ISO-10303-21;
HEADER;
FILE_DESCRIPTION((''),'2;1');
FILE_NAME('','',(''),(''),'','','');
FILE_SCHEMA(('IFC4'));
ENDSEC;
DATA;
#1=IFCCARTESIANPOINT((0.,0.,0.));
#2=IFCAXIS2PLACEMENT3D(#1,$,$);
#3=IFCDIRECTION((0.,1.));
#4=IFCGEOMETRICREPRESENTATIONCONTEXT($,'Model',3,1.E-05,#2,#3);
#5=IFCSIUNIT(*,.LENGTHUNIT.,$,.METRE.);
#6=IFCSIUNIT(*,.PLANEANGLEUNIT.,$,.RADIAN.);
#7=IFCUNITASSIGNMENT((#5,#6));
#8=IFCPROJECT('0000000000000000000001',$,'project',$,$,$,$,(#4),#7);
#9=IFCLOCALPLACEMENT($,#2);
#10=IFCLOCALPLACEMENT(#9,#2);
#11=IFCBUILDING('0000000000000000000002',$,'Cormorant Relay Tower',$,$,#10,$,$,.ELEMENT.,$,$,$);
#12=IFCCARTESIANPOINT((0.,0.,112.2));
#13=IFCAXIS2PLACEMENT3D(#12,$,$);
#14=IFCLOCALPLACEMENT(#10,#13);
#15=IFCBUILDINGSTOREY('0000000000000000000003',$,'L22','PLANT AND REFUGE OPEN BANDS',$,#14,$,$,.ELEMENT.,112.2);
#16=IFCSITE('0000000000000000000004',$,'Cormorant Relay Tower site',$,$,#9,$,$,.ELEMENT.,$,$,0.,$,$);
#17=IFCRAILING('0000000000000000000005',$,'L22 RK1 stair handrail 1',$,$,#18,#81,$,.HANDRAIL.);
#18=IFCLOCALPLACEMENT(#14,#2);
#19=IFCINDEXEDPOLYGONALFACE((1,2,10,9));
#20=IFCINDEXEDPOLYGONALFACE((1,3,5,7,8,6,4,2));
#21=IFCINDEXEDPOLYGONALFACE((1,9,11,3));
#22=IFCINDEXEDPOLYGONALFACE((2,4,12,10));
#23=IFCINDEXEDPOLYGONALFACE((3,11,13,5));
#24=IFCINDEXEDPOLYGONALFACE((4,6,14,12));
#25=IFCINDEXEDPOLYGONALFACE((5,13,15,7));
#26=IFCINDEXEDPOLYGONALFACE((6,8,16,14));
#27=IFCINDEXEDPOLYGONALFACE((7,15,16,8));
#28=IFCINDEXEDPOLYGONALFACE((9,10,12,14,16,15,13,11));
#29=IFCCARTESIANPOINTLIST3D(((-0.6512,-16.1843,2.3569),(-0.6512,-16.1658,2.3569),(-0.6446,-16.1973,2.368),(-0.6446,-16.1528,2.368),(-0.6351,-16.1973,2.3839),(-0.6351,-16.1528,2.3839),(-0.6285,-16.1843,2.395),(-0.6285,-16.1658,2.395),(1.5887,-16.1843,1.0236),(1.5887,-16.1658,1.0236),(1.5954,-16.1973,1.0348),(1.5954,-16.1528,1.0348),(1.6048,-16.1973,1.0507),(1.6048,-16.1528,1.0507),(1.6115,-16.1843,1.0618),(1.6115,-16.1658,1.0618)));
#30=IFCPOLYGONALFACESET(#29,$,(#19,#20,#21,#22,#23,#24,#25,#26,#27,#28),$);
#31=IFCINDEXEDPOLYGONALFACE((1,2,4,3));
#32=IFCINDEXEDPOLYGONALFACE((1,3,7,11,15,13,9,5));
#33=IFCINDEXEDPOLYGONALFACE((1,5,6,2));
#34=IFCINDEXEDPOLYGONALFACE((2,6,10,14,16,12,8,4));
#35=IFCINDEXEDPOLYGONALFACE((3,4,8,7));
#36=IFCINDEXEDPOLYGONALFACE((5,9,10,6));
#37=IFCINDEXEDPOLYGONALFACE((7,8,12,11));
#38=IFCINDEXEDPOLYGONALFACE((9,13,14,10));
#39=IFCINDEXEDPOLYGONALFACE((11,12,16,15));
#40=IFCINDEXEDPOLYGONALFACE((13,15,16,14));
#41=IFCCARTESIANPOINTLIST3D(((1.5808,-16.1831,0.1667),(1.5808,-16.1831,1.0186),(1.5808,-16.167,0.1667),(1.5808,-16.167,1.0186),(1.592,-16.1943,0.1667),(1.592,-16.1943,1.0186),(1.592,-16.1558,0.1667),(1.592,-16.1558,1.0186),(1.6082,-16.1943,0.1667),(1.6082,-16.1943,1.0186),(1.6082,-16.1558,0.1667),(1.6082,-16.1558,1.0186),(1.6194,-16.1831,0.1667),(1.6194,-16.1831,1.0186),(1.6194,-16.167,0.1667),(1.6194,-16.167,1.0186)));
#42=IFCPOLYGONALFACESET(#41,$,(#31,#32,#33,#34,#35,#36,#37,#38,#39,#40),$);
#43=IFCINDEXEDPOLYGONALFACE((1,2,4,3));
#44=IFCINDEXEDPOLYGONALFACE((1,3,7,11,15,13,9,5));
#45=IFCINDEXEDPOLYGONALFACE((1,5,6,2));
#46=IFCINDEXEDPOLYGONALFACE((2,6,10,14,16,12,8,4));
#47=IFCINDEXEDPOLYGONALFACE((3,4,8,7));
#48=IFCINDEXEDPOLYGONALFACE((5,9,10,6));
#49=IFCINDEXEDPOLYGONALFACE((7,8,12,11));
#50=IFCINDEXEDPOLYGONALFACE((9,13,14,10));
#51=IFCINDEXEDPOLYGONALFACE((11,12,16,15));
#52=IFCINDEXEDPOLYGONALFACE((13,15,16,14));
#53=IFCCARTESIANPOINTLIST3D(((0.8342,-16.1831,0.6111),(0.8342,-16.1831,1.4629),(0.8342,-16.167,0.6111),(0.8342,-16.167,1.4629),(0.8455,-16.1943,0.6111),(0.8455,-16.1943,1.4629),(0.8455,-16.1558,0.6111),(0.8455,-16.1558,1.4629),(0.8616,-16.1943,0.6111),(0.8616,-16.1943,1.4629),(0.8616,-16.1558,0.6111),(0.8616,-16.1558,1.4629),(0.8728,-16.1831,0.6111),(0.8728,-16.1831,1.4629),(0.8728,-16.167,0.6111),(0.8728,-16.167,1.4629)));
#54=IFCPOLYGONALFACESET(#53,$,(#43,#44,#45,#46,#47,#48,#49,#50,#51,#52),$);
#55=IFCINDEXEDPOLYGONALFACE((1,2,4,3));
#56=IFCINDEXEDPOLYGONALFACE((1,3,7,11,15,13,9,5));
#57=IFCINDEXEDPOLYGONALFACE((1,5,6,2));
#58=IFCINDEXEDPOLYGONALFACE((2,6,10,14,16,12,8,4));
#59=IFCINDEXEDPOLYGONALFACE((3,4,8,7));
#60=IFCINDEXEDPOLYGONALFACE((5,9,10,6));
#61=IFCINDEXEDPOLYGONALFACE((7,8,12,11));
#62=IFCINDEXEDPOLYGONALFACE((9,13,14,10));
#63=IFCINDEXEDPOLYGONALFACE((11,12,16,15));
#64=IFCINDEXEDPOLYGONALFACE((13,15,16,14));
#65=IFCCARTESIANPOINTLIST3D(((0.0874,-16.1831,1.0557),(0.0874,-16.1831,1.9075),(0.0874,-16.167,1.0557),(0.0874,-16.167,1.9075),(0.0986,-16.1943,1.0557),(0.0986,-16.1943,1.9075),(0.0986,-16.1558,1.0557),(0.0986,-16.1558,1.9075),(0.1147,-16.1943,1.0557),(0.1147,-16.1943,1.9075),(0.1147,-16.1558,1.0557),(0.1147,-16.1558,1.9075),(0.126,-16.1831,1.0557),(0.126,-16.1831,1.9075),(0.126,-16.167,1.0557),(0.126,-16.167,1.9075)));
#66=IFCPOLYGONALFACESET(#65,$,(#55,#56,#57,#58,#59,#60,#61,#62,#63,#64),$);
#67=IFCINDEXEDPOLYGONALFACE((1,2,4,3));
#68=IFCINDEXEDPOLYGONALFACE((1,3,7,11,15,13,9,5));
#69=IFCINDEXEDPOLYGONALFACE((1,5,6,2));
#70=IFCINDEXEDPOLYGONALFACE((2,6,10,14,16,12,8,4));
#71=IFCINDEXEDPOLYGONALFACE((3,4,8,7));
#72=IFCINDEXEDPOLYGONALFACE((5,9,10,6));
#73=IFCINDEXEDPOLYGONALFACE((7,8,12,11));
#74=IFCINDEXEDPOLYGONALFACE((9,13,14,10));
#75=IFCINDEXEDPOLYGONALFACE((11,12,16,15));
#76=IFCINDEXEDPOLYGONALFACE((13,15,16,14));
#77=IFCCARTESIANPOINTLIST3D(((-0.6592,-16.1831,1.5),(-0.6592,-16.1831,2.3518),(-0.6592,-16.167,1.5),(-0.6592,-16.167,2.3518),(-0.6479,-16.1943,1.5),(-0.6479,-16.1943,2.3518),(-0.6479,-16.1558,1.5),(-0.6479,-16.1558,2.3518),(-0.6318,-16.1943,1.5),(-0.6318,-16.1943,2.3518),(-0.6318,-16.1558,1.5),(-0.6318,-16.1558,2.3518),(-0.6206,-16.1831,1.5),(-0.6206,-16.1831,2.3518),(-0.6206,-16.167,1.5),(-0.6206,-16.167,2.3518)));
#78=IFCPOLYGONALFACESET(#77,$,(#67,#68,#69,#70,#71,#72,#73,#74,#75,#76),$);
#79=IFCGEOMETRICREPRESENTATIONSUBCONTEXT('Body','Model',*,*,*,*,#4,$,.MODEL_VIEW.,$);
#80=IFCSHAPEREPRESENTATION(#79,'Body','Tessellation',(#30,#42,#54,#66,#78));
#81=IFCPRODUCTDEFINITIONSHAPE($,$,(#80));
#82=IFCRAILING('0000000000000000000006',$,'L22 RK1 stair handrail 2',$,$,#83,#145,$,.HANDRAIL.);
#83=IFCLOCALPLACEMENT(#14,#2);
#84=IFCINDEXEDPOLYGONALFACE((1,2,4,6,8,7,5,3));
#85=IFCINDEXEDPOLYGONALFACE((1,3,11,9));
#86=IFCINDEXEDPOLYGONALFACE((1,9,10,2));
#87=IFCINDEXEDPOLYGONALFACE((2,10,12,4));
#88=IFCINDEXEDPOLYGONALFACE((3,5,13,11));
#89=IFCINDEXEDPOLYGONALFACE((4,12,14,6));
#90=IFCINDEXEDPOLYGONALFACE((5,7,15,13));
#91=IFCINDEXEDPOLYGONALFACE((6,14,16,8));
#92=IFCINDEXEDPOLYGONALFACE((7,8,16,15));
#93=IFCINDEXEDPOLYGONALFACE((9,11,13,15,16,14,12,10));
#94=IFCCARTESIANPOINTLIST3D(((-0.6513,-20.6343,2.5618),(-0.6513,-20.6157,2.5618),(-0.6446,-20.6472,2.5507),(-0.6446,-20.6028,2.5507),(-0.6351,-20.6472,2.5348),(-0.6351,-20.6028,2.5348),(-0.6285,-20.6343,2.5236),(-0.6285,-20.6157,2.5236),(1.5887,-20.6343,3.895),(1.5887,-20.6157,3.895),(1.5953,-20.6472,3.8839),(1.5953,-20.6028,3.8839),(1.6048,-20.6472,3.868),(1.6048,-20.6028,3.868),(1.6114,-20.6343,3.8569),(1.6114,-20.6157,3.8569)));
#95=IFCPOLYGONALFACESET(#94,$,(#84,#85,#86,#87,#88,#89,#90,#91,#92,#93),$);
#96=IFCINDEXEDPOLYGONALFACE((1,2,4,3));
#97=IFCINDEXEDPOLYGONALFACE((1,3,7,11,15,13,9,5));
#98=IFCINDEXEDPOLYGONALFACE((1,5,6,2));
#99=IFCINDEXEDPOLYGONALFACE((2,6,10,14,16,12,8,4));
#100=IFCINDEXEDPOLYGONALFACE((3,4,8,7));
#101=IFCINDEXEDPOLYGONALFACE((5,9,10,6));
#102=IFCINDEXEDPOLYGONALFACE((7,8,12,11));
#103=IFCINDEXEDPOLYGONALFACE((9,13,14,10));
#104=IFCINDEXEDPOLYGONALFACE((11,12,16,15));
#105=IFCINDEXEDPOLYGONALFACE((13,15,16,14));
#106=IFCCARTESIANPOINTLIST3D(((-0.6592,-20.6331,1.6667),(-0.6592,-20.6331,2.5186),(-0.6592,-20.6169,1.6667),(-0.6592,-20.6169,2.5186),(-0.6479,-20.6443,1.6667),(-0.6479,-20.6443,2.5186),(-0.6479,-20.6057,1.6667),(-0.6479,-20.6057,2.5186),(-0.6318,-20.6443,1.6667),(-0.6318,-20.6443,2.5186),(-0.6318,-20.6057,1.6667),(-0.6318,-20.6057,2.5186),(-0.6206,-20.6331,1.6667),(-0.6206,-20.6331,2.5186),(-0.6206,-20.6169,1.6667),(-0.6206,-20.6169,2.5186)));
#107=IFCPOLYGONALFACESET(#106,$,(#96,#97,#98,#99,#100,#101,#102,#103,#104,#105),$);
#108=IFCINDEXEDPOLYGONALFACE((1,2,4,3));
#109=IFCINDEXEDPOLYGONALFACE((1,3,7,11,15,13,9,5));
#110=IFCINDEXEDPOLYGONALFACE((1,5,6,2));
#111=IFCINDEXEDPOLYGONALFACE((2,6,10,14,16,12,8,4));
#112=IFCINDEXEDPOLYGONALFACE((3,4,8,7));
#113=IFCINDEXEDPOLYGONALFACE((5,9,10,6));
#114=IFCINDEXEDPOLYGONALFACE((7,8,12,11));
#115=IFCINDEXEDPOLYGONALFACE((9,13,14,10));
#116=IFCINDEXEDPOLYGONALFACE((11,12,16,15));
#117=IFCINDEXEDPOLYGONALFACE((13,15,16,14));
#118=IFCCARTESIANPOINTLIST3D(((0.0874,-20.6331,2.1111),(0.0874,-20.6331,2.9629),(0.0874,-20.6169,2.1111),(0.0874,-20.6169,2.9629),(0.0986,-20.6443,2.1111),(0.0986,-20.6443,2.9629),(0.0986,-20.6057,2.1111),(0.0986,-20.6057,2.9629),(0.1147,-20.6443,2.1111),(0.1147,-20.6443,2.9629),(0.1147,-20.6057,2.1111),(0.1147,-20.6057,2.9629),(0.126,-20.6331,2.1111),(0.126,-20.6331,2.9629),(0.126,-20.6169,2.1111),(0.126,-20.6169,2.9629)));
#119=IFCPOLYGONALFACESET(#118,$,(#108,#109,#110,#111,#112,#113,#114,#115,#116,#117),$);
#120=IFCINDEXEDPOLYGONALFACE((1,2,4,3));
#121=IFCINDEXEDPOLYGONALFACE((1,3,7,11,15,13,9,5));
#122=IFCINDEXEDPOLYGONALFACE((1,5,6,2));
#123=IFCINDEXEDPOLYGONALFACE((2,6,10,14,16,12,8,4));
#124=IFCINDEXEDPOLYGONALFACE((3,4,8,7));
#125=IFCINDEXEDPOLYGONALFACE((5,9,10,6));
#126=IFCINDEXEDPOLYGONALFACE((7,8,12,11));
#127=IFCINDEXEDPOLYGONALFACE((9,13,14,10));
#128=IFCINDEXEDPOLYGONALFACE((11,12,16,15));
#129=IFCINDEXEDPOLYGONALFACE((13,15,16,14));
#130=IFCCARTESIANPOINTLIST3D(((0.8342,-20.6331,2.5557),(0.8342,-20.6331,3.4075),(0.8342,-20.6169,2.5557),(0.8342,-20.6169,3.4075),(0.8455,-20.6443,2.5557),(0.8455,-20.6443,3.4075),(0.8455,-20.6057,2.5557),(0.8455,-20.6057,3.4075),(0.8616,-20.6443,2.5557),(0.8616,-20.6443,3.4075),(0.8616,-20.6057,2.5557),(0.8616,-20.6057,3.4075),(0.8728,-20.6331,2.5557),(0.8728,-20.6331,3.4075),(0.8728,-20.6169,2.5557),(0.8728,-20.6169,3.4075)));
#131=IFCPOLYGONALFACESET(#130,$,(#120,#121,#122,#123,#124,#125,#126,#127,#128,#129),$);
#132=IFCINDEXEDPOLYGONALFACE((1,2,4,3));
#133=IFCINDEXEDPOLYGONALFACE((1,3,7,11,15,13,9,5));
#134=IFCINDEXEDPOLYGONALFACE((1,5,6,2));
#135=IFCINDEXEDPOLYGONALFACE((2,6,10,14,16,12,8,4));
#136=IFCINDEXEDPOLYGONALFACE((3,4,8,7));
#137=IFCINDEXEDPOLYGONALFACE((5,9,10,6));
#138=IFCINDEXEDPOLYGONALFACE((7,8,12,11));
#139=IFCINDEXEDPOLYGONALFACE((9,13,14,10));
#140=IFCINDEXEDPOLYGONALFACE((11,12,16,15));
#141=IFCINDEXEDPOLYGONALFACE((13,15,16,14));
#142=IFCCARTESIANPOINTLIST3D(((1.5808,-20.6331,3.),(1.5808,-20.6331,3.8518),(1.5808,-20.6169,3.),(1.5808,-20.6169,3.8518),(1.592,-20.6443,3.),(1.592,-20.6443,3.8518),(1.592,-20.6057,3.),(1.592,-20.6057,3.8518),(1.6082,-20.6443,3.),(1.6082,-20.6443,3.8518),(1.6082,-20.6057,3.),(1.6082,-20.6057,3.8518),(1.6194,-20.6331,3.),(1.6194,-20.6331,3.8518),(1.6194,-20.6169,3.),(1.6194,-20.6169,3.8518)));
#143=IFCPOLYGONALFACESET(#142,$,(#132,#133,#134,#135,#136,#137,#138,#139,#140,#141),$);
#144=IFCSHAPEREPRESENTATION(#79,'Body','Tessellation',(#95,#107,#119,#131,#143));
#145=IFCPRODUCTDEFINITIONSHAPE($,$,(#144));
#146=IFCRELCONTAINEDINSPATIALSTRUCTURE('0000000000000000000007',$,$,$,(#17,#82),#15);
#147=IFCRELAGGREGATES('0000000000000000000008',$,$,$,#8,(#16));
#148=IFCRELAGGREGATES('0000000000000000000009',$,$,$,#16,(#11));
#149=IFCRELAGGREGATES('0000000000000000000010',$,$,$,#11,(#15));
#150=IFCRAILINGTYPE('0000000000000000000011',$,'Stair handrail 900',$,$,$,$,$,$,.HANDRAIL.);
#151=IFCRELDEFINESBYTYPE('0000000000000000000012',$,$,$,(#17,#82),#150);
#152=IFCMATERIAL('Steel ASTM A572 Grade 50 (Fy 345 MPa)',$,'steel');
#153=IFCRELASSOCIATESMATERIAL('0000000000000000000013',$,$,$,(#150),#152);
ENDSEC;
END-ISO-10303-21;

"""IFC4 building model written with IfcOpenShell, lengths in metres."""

from ifc_helpers import new_model, si_unit, direction, frame, origin, place, context, subcontext, project, spatial, polyline, outline, extrude, material, type_object, element, save


model = new_model("IFC4")

# Units and contexts
model_context = context("Model", 3, precision=1e-05, world=origin(), true_north=direction((0.0, 1.0)))
body_context = subcontext(model_context, "Body", "Model", "MODEL_VIEW")
ifc_project = project(units=[si_unit("LENGTHUNIT", "METRE"), si_unit("PLANEANGLEUNIT", "RADIAN")], contexts=[model_context])

# Site, building, storey
site_placement = place(None, origin())
site = spatial("IfcSite", under=ifc_project, at=site_placement, Name="Cormorant Relay Tower site", CompositionType="ELEMENT", RefElevation=0.0)
building_placement = place(site_placement, origin())
building = spatial("IfcBuilding", under=site, at=building_placement, Name="Cormorant Relay Tower", CompositionType="ELEMENT")
storey_placement = place(building_placement, frame((0.0, 0.0, 112.2)))
storey = spatial("IfcBuildingStorey", under=building, at=storey_placement, Name="L22", Description="PLANT AND REFUGE OPEN BANDS", CompositionType="ELEMENT", Elevation=112.2)

# Railings
ifc_material_1 = material(Name="Steel ASTM A572 Grade 50 (Fy 345 MPa)", Category="steel")
railing_type_1 = type_object("IfcRailingType", Name="Stair handrail 900", PredefinedType="HANDRAIL", material=ifc_material_1)
railing_1_placement = place(storey_placement, frame((1.6001, -16.175, 0.1667)))
element("IfcRailing", 1, at=railing_1_placement, inside=storey, type_object=railing_type_1, Name="L22 RK1 stair handrail 1", PredefinedType="HANDRAIL", context=body_context, shape_type="SweptSolid", body=[
    extrude(outline(polyline([(0.0222, 0.0093), (0.0093, 0.0222), (-0.0093, 0.0222), (-0.0222, 0.0093), (-0.0222, -0.0093), (-0.0093, -0.0222), (0.0093, -0.0222), (0.0222, -0.0093), (0.0222, 0.0093)])), frame((0.0, 0.0, 0.876), z_axis=(-0.859306, 0.0, 0.511462), x_axis=(0.0, -1.0, 0.0)), (0.0, 0.0, 1.0), 2.6067),
    extrude(outline(polyline([(0.0193, 0.0081), (0.0081, 0.0193), (-0.0081, 0.0193), (-0.0193, 0.0081), (-0.0193, -0.0081), (-0.0081, -0.0193), (0.0081, -0.0193), (0.0193, -0.0081), (0.0193, 0.0081)])), origin(), (0.0, 0.0, 1.0), 0.8518),
    extrude(outline(polyline([(0.0193, 0.0081), (0.0081, 0.0193), (-0.0081, 0.0193), (-0.0193, 0.0081), (-0.0193, -0.0081), (-0.0081, -0.0193), (0.0081, -0.0193), (0.0193, -0.0081), (0.0193, 0.0081)])), frame((-0.7466, 0.0, 0.4443)), (0.0, 0.0, 1.0), 0.8518),
    extrude(outline(polyline([(0.0193, 0.0081), (0.0081, 0.0193), (-0.0081, 0.0193), (-0.0193, 0.0081), (-0.0193, -0.0081), (-0.0081, -0.0193), (0.0081, -0.0193), (0.0193, -0.0081), (0.0193, 0.0081)])), frame((-1.4934, 0.0, 0.8889)), (0.0, 0.0, 1.0), 0.8518),
    extrude(outline(polyline([(0.0193, 0.0081), (0.0081, 0.0193), (-0.0081, 0.0193), (-0.0193, 0.0081), (-0.0193, -0.0081), (-0.0081, -0.0193), (0.0081, -0.0193), (0.0193, -0.0081), (0.0193, 0.0081)])), frame((-2.24, 0.0, 1.3333)), (0.0, 0.0, 1.0), 0.8518),
])
railing_2_placement = place(storey_placement, frame((-0.6399, -20.625, 1.6667)))
element("IfcRailing", 2, at=railing_2_placement, inside=storey, type_object=railing_type_1, Name="L22 RK1 stair handrail 2", PredefinedType="HANDRAIL", context=body_context, shape_type="SweptSolid", body=[
    extrude(outline(polyline([(0.0222, 0.0093), (0.0093, 0.0222), (-0.0093, 0.0222), (-0.0222, 0.0093), (-0.0222, -0.0093), (-0.0093, -0.0222), (0.0093, -0.0222), (0.0222, -0.0093), (0.0222, 0.0093)])), frame((0.0, 0.0, 0.876), z_axis=(0.859306, 0.0, 0.511462), x_axis=(0.0, 1.0, 0.0)), (0.0, 0.0, 1.0), 2.6067),
    extrude(outline(polyline([(0.0193, 0.0081), (0.0081, 0.0193), (-0.0081, 0.0193), (-0.0193, 0.0081), (-0.0193, -0.0081), (-0.0081, -0.0193), (0.0081, -0.0193), (0.0193, -0.0081), (0.0193, 0.0081)])), origin(), (0.0, 0.0, 1.0), 0.8518),
    extrude(outline(polyline([(0.0193, 0.0081), (0.0081, 0.0193), (-0.0081, 0.0193), (-0.0193, 0.0081), (-0.0193, -0.0081), (-0.0081, -0.0193), (0.0081, -0.0193), (0.0193, -0.0081), (0.0193, 0.0081)])), frame((0.7466, 0.0, 0.4443)), (0.0, 0.0, 1.0), 0.8518),
    extrude(outline(polyline([(0.0193, 0.0081), (0.0081, 0.0193), (-0.0081, 0.0193), (-0.0193, 0.0081), (-0.0193, -0.0081), (-0.0081, -0.0193), (0.0081, -0.0193), (0.0193, -0.0081), (0.0193, 0.0081)])), frame((1.4934, 0.0, 0.8889)), (0.0, 0.0, 1.0), 0.8518),
    extrude(outline(polyline([(0.0193, 0.0081), (0.0081, 0.0193), (-0.0081, 0.0193), (-0.0193, 0.0081), (-0.0193, -0.0081), (-0.0081, -0.0193), (0.0081, -0.0193), (0.0193, -0.0081), (0.0193, 0.0081)])), frame((2.24, 0.0, 1.3333)), (0.0, 0.0, 1.0), 0.8518),
])

save(model, "model.ifc")
